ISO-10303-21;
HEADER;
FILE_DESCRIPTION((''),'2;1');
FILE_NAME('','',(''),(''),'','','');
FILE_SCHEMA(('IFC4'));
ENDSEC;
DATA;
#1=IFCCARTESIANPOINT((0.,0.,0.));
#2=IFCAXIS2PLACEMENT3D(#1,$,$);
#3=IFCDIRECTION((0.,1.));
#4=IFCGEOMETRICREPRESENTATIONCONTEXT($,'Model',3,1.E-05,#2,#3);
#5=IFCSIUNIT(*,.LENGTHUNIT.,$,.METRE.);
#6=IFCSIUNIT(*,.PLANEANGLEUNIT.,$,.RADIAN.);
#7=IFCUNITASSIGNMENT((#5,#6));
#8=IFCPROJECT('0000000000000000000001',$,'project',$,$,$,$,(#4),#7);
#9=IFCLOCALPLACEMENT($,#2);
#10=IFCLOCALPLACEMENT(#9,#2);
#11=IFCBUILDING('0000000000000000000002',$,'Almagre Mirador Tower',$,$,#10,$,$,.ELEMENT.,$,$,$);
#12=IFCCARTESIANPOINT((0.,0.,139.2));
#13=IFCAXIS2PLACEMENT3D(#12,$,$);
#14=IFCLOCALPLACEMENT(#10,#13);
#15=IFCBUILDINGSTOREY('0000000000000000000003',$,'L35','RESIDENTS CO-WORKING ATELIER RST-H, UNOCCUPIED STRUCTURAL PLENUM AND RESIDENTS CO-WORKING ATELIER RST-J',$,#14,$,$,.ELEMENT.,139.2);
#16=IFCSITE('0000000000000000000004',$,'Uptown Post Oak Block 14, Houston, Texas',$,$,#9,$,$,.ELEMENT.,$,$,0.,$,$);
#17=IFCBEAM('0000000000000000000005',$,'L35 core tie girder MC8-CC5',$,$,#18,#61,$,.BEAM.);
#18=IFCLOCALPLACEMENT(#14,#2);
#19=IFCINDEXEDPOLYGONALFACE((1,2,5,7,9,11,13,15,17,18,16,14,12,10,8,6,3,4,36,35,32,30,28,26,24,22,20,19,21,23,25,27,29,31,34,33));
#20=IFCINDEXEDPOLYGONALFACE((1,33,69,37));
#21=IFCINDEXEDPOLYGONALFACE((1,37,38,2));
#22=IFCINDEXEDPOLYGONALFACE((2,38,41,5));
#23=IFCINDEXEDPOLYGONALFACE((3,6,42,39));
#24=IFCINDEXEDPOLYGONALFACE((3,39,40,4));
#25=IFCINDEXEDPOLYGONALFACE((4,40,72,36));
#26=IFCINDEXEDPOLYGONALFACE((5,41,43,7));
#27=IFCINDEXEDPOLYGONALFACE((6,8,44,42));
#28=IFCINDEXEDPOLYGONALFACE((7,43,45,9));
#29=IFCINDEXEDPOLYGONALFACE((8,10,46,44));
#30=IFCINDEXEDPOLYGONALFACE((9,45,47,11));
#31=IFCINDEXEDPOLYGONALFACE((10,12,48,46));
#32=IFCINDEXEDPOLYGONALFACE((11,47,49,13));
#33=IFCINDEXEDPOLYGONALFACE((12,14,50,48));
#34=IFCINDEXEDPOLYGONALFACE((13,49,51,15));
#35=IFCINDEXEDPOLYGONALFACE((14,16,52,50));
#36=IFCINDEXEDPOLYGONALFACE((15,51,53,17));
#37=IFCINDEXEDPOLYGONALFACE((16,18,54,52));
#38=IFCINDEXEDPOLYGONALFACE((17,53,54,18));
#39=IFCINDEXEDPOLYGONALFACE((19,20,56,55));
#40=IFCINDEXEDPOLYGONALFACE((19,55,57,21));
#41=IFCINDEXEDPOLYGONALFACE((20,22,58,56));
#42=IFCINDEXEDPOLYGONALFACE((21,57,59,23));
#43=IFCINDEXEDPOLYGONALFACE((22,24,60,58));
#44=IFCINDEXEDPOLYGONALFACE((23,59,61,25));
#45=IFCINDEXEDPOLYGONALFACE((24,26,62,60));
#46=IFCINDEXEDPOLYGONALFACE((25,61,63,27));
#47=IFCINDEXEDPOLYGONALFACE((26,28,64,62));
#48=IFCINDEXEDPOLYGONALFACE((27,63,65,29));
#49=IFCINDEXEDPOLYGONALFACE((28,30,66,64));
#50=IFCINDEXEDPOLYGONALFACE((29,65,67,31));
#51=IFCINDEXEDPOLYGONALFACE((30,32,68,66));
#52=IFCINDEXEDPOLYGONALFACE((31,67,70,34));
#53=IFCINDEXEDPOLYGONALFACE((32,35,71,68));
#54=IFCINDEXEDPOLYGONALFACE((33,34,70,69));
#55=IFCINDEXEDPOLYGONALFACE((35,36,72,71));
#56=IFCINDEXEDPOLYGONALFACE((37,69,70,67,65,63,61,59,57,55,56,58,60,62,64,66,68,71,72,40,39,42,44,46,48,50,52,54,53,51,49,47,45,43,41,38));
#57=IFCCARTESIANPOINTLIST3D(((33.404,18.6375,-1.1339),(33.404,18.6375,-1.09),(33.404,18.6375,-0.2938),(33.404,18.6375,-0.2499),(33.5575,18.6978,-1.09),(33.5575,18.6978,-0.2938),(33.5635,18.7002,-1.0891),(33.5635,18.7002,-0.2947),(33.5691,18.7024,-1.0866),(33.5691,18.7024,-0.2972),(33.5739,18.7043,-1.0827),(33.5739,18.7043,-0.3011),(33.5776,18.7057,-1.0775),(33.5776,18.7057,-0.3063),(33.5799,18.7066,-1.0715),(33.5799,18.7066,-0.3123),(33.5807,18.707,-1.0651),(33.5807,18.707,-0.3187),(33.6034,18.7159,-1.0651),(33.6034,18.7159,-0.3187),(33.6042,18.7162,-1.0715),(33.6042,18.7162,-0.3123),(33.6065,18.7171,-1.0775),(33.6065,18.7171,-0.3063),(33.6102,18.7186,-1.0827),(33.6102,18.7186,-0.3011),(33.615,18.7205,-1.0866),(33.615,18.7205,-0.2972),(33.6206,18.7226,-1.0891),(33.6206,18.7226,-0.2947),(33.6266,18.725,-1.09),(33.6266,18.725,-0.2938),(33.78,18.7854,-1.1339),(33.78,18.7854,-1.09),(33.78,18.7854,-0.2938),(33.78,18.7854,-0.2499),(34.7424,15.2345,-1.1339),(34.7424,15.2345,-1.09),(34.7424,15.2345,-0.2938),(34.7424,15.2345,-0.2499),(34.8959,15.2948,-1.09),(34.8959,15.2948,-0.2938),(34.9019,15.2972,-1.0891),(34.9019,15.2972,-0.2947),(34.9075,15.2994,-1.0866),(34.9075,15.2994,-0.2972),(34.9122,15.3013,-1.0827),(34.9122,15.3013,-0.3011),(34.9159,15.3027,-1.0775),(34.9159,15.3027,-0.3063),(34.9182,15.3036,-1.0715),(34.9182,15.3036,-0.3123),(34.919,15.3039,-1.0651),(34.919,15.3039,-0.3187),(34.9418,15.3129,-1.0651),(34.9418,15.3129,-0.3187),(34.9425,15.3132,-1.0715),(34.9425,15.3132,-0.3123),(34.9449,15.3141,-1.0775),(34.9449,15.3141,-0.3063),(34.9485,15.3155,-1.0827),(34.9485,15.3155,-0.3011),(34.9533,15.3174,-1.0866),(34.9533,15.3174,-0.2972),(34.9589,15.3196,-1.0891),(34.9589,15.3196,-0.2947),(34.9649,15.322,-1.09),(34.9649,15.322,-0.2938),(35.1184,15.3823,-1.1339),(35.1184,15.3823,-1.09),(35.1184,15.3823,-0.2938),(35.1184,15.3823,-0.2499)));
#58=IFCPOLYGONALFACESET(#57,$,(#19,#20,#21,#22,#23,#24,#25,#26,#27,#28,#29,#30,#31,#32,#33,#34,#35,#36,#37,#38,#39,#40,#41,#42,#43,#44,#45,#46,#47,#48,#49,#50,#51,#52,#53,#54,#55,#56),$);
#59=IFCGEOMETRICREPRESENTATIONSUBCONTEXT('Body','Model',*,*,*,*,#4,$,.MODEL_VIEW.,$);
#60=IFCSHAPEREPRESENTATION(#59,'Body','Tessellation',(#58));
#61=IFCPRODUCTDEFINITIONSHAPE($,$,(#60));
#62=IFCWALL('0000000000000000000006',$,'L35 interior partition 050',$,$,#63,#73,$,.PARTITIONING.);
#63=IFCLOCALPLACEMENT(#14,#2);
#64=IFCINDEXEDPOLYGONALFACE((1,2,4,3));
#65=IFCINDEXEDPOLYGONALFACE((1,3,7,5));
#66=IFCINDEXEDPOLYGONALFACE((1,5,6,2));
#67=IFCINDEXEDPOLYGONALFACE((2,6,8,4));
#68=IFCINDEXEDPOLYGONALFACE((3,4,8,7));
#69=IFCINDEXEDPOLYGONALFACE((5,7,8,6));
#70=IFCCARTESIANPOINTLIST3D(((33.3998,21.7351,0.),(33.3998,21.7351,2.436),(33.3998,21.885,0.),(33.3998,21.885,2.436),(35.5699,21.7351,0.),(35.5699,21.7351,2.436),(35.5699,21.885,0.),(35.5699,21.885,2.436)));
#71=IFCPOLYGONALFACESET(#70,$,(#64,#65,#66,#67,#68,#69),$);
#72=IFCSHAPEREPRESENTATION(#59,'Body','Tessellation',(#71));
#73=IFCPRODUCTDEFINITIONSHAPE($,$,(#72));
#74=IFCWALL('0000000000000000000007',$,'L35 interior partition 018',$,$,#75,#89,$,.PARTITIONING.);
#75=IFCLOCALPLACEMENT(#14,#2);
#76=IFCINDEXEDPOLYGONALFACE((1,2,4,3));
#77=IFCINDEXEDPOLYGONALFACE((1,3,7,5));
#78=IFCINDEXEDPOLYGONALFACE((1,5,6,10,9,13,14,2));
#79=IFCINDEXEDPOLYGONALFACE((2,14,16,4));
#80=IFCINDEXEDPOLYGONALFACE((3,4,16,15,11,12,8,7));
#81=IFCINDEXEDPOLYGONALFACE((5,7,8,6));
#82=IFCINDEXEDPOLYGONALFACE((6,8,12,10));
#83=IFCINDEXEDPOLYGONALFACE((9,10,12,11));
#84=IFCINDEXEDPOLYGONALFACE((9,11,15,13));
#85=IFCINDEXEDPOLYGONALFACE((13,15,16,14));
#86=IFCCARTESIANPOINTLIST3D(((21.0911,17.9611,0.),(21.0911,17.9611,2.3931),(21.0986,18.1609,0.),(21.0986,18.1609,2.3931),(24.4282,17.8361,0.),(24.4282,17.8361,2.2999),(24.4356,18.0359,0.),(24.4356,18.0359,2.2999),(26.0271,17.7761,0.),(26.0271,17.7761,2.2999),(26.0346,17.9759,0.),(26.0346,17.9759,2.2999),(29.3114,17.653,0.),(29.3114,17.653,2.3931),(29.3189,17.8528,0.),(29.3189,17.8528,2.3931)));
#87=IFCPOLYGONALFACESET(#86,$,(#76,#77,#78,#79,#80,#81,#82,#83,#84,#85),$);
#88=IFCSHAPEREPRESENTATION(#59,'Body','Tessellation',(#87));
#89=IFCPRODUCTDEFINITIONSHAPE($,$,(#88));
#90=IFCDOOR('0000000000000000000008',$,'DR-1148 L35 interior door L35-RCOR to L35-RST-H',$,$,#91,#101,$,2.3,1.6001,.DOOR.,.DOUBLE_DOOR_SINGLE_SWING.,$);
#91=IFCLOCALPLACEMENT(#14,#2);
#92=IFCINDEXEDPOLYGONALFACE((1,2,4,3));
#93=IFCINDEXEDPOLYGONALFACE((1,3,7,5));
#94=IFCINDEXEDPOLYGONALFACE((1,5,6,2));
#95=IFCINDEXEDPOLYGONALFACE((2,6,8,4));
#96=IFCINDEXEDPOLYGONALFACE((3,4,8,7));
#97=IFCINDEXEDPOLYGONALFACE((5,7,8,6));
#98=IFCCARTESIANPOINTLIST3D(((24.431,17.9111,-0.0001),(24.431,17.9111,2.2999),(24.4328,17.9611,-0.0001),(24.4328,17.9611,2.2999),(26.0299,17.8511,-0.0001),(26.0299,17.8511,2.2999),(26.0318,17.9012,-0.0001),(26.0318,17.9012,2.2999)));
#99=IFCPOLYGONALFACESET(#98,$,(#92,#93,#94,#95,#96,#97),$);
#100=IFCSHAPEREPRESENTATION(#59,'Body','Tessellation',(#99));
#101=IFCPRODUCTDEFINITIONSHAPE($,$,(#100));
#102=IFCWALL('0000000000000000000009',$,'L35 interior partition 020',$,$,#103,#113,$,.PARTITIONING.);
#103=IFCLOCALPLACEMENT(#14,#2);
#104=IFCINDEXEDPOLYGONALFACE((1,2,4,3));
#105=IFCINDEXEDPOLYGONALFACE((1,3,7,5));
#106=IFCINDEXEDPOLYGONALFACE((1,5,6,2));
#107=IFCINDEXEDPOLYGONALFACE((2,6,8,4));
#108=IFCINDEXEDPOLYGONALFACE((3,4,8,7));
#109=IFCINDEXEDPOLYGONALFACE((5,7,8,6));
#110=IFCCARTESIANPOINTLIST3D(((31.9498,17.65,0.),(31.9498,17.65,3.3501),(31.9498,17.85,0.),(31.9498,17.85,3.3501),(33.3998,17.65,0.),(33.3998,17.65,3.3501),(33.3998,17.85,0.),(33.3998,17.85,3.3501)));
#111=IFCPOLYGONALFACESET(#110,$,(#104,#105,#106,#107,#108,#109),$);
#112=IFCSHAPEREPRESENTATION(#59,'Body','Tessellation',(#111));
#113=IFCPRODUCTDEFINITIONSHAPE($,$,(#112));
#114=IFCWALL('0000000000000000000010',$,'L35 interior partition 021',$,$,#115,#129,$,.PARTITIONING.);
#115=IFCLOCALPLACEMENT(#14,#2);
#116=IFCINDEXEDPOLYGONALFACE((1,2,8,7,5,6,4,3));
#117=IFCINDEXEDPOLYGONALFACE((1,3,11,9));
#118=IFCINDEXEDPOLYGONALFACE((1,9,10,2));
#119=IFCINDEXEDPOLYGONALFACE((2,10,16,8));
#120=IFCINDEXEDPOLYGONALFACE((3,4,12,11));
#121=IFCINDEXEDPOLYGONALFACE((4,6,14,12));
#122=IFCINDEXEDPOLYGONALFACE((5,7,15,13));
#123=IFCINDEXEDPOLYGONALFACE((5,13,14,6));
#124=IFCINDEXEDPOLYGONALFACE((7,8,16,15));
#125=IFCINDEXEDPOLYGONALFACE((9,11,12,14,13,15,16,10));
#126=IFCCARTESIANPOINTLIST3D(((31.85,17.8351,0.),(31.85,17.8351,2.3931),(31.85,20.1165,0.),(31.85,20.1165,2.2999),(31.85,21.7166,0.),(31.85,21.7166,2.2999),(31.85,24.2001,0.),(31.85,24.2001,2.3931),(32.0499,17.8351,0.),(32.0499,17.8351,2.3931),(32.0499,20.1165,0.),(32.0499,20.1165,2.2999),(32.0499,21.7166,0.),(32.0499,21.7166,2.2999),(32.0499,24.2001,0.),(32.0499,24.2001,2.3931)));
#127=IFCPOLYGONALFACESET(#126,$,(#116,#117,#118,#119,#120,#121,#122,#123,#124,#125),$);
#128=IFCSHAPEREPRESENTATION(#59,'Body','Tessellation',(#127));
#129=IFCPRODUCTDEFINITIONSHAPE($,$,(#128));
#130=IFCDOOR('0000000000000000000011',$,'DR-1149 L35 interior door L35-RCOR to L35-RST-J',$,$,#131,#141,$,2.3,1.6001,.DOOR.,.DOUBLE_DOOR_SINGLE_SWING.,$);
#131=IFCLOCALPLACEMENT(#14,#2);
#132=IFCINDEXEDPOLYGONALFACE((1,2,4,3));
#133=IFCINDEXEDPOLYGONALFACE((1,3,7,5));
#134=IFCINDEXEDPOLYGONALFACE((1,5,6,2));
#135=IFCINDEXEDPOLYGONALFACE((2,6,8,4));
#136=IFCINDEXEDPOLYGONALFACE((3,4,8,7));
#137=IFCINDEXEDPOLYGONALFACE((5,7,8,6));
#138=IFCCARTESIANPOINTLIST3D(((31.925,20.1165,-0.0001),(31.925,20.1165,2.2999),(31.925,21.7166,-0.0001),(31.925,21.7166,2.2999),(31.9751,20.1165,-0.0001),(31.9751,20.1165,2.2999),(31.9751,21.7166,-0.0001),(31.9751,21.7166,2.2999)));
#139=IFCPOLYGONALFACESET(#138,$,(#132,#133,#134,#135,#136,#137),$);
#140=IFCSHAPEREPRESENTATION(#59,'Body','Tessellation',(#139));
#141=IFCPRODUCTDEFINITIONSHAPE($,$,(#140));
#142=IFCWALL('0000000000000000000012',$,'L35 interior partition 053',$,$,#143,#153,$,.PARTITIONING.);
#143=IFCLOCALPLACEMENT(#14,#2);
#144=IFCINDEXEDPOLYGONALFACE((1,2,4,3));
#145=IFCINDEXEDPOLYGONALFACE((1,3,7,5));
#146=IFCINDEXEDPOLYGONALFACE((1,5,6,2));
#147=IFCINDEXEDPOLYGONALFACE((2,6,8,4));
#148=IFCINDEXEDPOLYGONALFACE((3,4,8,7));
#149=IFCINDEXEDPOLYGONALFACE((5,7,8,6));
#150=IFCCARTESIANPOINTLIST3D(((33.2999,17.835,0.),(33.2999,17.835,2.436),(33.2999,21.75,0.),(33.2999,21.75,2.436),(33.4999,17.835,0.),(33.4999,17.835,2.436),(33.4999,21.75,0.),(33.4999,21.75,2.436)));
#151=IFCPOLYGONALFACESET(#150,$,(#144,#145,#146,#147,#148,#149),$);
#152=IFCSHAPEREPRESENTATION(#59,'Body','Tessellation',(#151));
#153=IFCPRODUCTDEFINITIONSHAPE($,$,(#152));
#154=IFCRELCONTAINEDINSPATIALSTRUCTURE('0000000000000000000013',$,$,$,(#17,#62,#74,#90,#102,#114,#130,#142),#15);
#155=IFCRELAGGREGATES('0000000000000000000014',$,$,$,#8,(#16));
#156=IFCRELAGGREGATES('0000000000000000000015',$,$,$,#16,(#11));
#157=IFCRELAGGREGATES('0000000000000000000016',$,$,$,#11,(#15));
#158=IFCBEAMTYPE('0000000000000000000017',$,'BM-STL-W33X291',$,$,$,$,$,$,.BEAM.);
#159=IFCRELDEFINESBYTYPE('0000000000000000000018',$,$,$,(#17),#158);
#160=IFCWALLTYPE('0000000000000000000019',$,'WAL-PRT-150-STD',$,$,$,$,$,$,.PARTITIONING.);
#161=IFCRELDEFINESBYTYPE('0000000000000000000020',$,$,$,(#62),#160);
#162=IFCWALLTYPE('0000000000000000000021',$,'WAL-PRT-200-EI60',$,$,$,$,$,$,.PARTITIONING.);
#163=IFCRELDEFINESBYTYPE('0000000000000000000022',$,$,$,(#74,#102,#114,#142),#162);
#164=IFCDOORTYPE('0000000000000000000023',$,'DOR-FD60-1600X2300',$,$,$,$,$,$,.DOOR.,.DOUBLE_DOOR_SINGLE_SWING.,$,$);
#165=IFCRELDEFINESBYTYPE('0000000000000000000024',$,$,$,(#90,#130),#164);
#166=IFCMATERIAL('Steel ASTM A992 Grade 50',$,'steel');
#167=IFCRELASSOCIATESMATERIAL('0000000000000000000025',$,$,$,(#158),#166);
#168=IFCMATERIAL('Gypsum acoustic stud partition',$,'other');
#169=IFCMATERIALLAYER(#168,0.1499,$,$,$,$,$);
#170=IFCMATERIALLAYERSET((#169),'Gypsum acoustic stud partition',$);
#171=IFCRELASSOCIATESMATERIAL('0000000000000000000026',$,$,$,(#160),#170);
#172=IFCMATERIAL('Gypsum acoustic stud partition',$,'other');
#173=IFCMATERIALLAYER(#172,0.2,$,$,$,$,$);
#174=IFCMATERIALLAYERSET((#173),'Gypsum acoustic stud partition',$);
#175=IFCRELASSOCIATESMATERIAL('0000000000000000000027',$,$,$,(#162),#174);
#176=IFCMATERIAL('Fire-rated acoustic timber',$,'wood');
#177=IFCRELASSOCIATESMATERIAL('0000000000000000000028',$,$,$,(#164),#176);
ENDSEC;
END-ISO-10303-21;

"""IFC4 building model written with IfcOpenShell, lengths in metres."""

from ifc_helpers import new_model, si_unit, direction, frame, frame_2d, origin, origin_2d, place, context, subcontext, project, spatial, rectangle, i_section, extrude, material, layer, layer_set, material_profile, profile_set, type_object, element, fill, save


model = new_model("IFC4")

# Units and contexts
model_context = context("Model", 3, precision=1e-05, world=origin(), true_north=direction((0.0, 1.0)))
body_context = subcontext(model_context, "Body", "Model", "MODEL_VIEW")
ifc_project = project(units=[si_unit("LENGTHUNIT", "METRE"), si_unit("PLANEANGLEUNIT", "RADIAN")], contexts=[model_context])

# Site, building, storey
site_placement = place(None, origin())
site = spatial("IfcSite", under=ifc_project, at=site_placement, Name="Uptown Post Oak Block 14, Houston, Texas", CompositionType="ELEMENT", RefElevation=0.0)
building_placement = place(site_placement, origin())
building = spatial("IfcBuilding", under=site, at=building_placement, Name="Almagre Mirador Tower", CompositionType="ELEMENT")
storey_placement = place(building_placement, frame((0.0, 0.0, 139.2)))
storey = spatial("IfcBuildingStorey", under=building, at=storey_placement, Name="L35", Description="RESIDENTS CO-WORKING ATELIER RST-H, UNOCCUPIED STRUCTURAL PLENUM AND RESIDENTS CO-WORKING ATELIER RST-J", CompositionType="ELEMENT", Elevation=139.2)

# Beam
ifc_material_1 = material(Name="Steel ASTM A992 Grade 50", Category="steel")
ifc_material_profile_1 = material_profile(ifc_material_1, i_section(OverallWidth=0.4041, OverallDepth=0.884, WebThickness=0.0244, FlangeThickness=0.0439, FilletRadius=0.0249, at=origin_2d()), Name="W33X291")
ifc_profile_set_1 = profile_set([ifc_material_profile_1], Name="Steel ASTM A992 Grade 50")
beam_type_1 = type_object("IfcBeamType", Name="BM-STL-W33X291", PredefinedType="BEAM", material=ifc_profile_set_1)
beam_1_placement = place(storey_placement, frame((33.592, 18.7114, -0.6919), z_axis=(0.365997, -0.930616, 0.0), x_axis=(0.930616, 0.365997, 0.0)))
element("IfcBeam", 1, at=beam_1_placement, inside=storey, type_object=beam_type_1, Name="L35 core tie girder MC8-CC5", PredefinedType="BEAM", context=body_context, shape_type="SweptSolid", body=[
    extrude(i_section(OverallWidth=0.4041, OverallDepth=0.884, WebThickness=0.0244, FlangeThickness=0.0439, FilletRadius=0.0249, at=origin_2d()), origin(), (0.0, 0.0, 1.0), 3.6567),
])

# Wall
ifc_material_2 = material(Name="Gypsum acoustic stud partition", Category="other")
ifc_layer_1 = layer(ifc_material_2, 0.1499)
ifc_layer_set_1 = layer_set([ifc_layer_1], Name="Gypsum acoustic stud partition")
wall_type_1 = type_object("IfcWallType", Name="WAL-PRT-150-STD", PredefinedType="PARTITIONING", material=ifc_layer_set_1)
wall_1_placement = place(storey_placement, frame((33.3999, 21.8101, 0.0), z_axis=(0.0, 0.0, 1.0), x_axis=(1.0, 0.0, 0.0)))
element("IfcWall", 2, at=wall_1_placement, inside=storey, type_object=wall_type_1, Name="L35 interior partition 050", PredefinedType="PARTITIONING", context=body_context, shape_type="SweptSolid", body=[
    extrude(rectangle(XDim=2.1702, YDim=0.1499, at=frame_2d((1.085, 0.0))), origin(), (0.0, 0.0, 1.0), 2.436),
])

# Wall, opening, door
ifc_material_3 = material(Name="Gypsum acoustic stud partition", Category="other")
ifc_layer_2 = layer(ifc_material_3, 0.2)
ifc_layer_set_2 = layer_set([ifc_layer_2], Name="Gypsum acoustic stud partition")
wall_type_2 = type_object("IfcWallType", Name="WAL-PRT-200-EI60", PredefinedType="PARTITIONING", material=ifc_layer_set_2)
wall_2_placement = place(storey_placement, frame((29.3152, 17.7529, 0.0), z_axis=(0.0, 0.0, 1.0), x_axis=(-0.999298, 0.037455, 0.0)))
wall_2 = element("IfcWall", 3, at=wall_2_placement, inside=storey, type_object=wall_type_2, Name="L35 interior partition 018", PredefinedType="PARTITIONING", context=body_context, shape_type="SweptSolid", body=[
    extrude(rectangle(XDim=8.2261, YDim=0.2, at=frame_2d((4.113, 0.0))), origin(), (0.0, 0.0, 1.0), 2.3931),
])
opening_1_placement = place(wall_2_placement, frame((3.2866, 0.0, 0.0)))
opening_1 = element("IfcOpeningElement", 4, at=opening_1_placement, cuts=wall_2, PredefinedType="OPENING", context=body_context, shape_type="SweptSolid", body=[
    extrude(rectangle(XDim=1.6001, YDim=2.3, at=frame_2d((0.8, 1.1499))), frame((0.0, 0.1101, 0.0), z_axis=(0.0, -1.0, 0.0), x_axis=(1.0, 0.0, 0.0)), (0.0, 0.0, 1.0), 0.22),
])
ifc_material_4 = material(Name="Fire-rated acoustic timber", Category="wood")
door_type_1 = type_object("IfcDoorType", Name="DOR-FD60-1600X2300", OperationType="DOUBLE_DOOR_SINGLE_SWING", PredefinedType="DOOR", material=ifc_material_4)
door_1_placement = place(opening_1_placement, origin())
door_1 = element("IfcDoor", 5, at=door_1_placement, inside=storey, type_object=door_type_1, Name="DR-1148 L35 interior door L35-RCOR to L35-RST-H", OperationType="DOUBLE_DOOR_SINGLE_SWING", OverallHeight=2.3, OverallWidth=1.6001, PredefinedType="DOOR", context=body_context, shape_type="SweptSolid", body=[
    extrude(rectangle(XDim=1.6001, YDim=2.3, at=frame_2d((0.8, 1.1499))), frame((0.0, 0.0249, 0.0), z_axis=(0.0, -1.0, 0.0), x_axis=(1.0, 0.0, 0.0)), (0.0, 0.0, 1.0), 0.05),
])
fill(opening_1, door_1)

# Wall
wall_3_placement = place(storey_placement, frame((33.3999, 17.75, 0.0), z_axis=(0.0, 0.0, 1.0), x_axis=(-1.0, 0.0, 0.0)))
element("IfcWall", 6, at=wall_3_placement, inside=storey, type_object=wall_type_2, Name="L35 interior partition 020", PredefinedType="PARTITIONING", context=body_context, shape_type="SweptSolid", body=[
    extrude(rectangle(XDim=1.45, YDim=0.2, at=frame_2d((0.7251, 0.0))), origin(), (0.0, 0.0, 1.0), 3.3501),
])

# Wall, opening, door
wall_4_placement = place(storey_placement, frame((31.95, 17.835, 0.0), z_axis=(0.0, 0.0, 1.0), x_axis=(0.0, 1.0, 0.0)))
wall_4 = element("IfcWall", 7, at=wall_4_placement, inside=storey, type_object=wall_type_2, Name="L35 interior partition 021", PredefinedType="PARTITIONING", context=body_context, shape_type="SweptSolid", body=[
    extrude(rectangle(XDim=6.365, YDim=0.2, at=frame_2d((3.1826, 0.0))), origin(), (0.0, 0.0, 1.0), 2.3931),
])
opening_2_placement = place(wall_4_placement, frame((2.2815, 0.0, 0.0)))
opening_2 = element("IfcOpeningElement", 8, at=opening_2_placement, cuts=wall_4, PredefinedType="OPENING", context=body_context, shape_type="SweptSolid", body=[
    extrude(rectangle(XDim=1.6001, YDim=2.3, at=frame_2d((0.8, 1.1499))), frame((0.0, 0.1101, 0.0), z_axis=(0.0, -1.0, 0.0), x_axis=(1.0, 0.0, 0.0)), (0.0, 0.0, 1.0), 0.22),
])
door_2_placement = place(opening_2_placement, origin())
door_2 = element("IfcDoor", 9, at=door_2_placement, inside=storey, type_object=door_type_1, Name="DR-1149 L35 interior door L35-RCOR to L35-RST-J", OperationType="DOUBLE_DOOR_SINGLE_SWING", OverallHeight=2.3, OverallWidth=1.6001, PredefinedType="DOOR", context=body_context, shape_type="SweptSolid", body=[
    extrude(rectangle(XDim=1.6001, YDim=2.3, at=frame_2d((0.8, 1.1499))), frame((0.0, 0.0249, 0.0), z_axis=(0.0, -1.0, 0.0), x_axis=(1.0, 0.0, 0.0)), (0.0, 0.0, 1.0), 0.05),
])
fill(opening_2, door_2)

# Wall
wall_5_placement = place(storey_placement, frame((33.3999, 21.75, 0.0), z_axis=(0.0, 0.0, 1.0), x_axis=(0.0, -1.0, 0.0)))
element("IfcWall", 10, at=wall_5_placement, inside=storey, type_object=wall_type_2, Name="L35 interior partition 053", PredefinedType="PARTITIONING", context=body_context, shape_type="SweptSolid", body=[
    extrude(rectangle(XDim=3.915, YDim=0.2, at=frame_2d((1.9575, 0.0))), origin(), (0.0, 0.0, 1.0), 2.436),
])

save(model, "model.ifc")
